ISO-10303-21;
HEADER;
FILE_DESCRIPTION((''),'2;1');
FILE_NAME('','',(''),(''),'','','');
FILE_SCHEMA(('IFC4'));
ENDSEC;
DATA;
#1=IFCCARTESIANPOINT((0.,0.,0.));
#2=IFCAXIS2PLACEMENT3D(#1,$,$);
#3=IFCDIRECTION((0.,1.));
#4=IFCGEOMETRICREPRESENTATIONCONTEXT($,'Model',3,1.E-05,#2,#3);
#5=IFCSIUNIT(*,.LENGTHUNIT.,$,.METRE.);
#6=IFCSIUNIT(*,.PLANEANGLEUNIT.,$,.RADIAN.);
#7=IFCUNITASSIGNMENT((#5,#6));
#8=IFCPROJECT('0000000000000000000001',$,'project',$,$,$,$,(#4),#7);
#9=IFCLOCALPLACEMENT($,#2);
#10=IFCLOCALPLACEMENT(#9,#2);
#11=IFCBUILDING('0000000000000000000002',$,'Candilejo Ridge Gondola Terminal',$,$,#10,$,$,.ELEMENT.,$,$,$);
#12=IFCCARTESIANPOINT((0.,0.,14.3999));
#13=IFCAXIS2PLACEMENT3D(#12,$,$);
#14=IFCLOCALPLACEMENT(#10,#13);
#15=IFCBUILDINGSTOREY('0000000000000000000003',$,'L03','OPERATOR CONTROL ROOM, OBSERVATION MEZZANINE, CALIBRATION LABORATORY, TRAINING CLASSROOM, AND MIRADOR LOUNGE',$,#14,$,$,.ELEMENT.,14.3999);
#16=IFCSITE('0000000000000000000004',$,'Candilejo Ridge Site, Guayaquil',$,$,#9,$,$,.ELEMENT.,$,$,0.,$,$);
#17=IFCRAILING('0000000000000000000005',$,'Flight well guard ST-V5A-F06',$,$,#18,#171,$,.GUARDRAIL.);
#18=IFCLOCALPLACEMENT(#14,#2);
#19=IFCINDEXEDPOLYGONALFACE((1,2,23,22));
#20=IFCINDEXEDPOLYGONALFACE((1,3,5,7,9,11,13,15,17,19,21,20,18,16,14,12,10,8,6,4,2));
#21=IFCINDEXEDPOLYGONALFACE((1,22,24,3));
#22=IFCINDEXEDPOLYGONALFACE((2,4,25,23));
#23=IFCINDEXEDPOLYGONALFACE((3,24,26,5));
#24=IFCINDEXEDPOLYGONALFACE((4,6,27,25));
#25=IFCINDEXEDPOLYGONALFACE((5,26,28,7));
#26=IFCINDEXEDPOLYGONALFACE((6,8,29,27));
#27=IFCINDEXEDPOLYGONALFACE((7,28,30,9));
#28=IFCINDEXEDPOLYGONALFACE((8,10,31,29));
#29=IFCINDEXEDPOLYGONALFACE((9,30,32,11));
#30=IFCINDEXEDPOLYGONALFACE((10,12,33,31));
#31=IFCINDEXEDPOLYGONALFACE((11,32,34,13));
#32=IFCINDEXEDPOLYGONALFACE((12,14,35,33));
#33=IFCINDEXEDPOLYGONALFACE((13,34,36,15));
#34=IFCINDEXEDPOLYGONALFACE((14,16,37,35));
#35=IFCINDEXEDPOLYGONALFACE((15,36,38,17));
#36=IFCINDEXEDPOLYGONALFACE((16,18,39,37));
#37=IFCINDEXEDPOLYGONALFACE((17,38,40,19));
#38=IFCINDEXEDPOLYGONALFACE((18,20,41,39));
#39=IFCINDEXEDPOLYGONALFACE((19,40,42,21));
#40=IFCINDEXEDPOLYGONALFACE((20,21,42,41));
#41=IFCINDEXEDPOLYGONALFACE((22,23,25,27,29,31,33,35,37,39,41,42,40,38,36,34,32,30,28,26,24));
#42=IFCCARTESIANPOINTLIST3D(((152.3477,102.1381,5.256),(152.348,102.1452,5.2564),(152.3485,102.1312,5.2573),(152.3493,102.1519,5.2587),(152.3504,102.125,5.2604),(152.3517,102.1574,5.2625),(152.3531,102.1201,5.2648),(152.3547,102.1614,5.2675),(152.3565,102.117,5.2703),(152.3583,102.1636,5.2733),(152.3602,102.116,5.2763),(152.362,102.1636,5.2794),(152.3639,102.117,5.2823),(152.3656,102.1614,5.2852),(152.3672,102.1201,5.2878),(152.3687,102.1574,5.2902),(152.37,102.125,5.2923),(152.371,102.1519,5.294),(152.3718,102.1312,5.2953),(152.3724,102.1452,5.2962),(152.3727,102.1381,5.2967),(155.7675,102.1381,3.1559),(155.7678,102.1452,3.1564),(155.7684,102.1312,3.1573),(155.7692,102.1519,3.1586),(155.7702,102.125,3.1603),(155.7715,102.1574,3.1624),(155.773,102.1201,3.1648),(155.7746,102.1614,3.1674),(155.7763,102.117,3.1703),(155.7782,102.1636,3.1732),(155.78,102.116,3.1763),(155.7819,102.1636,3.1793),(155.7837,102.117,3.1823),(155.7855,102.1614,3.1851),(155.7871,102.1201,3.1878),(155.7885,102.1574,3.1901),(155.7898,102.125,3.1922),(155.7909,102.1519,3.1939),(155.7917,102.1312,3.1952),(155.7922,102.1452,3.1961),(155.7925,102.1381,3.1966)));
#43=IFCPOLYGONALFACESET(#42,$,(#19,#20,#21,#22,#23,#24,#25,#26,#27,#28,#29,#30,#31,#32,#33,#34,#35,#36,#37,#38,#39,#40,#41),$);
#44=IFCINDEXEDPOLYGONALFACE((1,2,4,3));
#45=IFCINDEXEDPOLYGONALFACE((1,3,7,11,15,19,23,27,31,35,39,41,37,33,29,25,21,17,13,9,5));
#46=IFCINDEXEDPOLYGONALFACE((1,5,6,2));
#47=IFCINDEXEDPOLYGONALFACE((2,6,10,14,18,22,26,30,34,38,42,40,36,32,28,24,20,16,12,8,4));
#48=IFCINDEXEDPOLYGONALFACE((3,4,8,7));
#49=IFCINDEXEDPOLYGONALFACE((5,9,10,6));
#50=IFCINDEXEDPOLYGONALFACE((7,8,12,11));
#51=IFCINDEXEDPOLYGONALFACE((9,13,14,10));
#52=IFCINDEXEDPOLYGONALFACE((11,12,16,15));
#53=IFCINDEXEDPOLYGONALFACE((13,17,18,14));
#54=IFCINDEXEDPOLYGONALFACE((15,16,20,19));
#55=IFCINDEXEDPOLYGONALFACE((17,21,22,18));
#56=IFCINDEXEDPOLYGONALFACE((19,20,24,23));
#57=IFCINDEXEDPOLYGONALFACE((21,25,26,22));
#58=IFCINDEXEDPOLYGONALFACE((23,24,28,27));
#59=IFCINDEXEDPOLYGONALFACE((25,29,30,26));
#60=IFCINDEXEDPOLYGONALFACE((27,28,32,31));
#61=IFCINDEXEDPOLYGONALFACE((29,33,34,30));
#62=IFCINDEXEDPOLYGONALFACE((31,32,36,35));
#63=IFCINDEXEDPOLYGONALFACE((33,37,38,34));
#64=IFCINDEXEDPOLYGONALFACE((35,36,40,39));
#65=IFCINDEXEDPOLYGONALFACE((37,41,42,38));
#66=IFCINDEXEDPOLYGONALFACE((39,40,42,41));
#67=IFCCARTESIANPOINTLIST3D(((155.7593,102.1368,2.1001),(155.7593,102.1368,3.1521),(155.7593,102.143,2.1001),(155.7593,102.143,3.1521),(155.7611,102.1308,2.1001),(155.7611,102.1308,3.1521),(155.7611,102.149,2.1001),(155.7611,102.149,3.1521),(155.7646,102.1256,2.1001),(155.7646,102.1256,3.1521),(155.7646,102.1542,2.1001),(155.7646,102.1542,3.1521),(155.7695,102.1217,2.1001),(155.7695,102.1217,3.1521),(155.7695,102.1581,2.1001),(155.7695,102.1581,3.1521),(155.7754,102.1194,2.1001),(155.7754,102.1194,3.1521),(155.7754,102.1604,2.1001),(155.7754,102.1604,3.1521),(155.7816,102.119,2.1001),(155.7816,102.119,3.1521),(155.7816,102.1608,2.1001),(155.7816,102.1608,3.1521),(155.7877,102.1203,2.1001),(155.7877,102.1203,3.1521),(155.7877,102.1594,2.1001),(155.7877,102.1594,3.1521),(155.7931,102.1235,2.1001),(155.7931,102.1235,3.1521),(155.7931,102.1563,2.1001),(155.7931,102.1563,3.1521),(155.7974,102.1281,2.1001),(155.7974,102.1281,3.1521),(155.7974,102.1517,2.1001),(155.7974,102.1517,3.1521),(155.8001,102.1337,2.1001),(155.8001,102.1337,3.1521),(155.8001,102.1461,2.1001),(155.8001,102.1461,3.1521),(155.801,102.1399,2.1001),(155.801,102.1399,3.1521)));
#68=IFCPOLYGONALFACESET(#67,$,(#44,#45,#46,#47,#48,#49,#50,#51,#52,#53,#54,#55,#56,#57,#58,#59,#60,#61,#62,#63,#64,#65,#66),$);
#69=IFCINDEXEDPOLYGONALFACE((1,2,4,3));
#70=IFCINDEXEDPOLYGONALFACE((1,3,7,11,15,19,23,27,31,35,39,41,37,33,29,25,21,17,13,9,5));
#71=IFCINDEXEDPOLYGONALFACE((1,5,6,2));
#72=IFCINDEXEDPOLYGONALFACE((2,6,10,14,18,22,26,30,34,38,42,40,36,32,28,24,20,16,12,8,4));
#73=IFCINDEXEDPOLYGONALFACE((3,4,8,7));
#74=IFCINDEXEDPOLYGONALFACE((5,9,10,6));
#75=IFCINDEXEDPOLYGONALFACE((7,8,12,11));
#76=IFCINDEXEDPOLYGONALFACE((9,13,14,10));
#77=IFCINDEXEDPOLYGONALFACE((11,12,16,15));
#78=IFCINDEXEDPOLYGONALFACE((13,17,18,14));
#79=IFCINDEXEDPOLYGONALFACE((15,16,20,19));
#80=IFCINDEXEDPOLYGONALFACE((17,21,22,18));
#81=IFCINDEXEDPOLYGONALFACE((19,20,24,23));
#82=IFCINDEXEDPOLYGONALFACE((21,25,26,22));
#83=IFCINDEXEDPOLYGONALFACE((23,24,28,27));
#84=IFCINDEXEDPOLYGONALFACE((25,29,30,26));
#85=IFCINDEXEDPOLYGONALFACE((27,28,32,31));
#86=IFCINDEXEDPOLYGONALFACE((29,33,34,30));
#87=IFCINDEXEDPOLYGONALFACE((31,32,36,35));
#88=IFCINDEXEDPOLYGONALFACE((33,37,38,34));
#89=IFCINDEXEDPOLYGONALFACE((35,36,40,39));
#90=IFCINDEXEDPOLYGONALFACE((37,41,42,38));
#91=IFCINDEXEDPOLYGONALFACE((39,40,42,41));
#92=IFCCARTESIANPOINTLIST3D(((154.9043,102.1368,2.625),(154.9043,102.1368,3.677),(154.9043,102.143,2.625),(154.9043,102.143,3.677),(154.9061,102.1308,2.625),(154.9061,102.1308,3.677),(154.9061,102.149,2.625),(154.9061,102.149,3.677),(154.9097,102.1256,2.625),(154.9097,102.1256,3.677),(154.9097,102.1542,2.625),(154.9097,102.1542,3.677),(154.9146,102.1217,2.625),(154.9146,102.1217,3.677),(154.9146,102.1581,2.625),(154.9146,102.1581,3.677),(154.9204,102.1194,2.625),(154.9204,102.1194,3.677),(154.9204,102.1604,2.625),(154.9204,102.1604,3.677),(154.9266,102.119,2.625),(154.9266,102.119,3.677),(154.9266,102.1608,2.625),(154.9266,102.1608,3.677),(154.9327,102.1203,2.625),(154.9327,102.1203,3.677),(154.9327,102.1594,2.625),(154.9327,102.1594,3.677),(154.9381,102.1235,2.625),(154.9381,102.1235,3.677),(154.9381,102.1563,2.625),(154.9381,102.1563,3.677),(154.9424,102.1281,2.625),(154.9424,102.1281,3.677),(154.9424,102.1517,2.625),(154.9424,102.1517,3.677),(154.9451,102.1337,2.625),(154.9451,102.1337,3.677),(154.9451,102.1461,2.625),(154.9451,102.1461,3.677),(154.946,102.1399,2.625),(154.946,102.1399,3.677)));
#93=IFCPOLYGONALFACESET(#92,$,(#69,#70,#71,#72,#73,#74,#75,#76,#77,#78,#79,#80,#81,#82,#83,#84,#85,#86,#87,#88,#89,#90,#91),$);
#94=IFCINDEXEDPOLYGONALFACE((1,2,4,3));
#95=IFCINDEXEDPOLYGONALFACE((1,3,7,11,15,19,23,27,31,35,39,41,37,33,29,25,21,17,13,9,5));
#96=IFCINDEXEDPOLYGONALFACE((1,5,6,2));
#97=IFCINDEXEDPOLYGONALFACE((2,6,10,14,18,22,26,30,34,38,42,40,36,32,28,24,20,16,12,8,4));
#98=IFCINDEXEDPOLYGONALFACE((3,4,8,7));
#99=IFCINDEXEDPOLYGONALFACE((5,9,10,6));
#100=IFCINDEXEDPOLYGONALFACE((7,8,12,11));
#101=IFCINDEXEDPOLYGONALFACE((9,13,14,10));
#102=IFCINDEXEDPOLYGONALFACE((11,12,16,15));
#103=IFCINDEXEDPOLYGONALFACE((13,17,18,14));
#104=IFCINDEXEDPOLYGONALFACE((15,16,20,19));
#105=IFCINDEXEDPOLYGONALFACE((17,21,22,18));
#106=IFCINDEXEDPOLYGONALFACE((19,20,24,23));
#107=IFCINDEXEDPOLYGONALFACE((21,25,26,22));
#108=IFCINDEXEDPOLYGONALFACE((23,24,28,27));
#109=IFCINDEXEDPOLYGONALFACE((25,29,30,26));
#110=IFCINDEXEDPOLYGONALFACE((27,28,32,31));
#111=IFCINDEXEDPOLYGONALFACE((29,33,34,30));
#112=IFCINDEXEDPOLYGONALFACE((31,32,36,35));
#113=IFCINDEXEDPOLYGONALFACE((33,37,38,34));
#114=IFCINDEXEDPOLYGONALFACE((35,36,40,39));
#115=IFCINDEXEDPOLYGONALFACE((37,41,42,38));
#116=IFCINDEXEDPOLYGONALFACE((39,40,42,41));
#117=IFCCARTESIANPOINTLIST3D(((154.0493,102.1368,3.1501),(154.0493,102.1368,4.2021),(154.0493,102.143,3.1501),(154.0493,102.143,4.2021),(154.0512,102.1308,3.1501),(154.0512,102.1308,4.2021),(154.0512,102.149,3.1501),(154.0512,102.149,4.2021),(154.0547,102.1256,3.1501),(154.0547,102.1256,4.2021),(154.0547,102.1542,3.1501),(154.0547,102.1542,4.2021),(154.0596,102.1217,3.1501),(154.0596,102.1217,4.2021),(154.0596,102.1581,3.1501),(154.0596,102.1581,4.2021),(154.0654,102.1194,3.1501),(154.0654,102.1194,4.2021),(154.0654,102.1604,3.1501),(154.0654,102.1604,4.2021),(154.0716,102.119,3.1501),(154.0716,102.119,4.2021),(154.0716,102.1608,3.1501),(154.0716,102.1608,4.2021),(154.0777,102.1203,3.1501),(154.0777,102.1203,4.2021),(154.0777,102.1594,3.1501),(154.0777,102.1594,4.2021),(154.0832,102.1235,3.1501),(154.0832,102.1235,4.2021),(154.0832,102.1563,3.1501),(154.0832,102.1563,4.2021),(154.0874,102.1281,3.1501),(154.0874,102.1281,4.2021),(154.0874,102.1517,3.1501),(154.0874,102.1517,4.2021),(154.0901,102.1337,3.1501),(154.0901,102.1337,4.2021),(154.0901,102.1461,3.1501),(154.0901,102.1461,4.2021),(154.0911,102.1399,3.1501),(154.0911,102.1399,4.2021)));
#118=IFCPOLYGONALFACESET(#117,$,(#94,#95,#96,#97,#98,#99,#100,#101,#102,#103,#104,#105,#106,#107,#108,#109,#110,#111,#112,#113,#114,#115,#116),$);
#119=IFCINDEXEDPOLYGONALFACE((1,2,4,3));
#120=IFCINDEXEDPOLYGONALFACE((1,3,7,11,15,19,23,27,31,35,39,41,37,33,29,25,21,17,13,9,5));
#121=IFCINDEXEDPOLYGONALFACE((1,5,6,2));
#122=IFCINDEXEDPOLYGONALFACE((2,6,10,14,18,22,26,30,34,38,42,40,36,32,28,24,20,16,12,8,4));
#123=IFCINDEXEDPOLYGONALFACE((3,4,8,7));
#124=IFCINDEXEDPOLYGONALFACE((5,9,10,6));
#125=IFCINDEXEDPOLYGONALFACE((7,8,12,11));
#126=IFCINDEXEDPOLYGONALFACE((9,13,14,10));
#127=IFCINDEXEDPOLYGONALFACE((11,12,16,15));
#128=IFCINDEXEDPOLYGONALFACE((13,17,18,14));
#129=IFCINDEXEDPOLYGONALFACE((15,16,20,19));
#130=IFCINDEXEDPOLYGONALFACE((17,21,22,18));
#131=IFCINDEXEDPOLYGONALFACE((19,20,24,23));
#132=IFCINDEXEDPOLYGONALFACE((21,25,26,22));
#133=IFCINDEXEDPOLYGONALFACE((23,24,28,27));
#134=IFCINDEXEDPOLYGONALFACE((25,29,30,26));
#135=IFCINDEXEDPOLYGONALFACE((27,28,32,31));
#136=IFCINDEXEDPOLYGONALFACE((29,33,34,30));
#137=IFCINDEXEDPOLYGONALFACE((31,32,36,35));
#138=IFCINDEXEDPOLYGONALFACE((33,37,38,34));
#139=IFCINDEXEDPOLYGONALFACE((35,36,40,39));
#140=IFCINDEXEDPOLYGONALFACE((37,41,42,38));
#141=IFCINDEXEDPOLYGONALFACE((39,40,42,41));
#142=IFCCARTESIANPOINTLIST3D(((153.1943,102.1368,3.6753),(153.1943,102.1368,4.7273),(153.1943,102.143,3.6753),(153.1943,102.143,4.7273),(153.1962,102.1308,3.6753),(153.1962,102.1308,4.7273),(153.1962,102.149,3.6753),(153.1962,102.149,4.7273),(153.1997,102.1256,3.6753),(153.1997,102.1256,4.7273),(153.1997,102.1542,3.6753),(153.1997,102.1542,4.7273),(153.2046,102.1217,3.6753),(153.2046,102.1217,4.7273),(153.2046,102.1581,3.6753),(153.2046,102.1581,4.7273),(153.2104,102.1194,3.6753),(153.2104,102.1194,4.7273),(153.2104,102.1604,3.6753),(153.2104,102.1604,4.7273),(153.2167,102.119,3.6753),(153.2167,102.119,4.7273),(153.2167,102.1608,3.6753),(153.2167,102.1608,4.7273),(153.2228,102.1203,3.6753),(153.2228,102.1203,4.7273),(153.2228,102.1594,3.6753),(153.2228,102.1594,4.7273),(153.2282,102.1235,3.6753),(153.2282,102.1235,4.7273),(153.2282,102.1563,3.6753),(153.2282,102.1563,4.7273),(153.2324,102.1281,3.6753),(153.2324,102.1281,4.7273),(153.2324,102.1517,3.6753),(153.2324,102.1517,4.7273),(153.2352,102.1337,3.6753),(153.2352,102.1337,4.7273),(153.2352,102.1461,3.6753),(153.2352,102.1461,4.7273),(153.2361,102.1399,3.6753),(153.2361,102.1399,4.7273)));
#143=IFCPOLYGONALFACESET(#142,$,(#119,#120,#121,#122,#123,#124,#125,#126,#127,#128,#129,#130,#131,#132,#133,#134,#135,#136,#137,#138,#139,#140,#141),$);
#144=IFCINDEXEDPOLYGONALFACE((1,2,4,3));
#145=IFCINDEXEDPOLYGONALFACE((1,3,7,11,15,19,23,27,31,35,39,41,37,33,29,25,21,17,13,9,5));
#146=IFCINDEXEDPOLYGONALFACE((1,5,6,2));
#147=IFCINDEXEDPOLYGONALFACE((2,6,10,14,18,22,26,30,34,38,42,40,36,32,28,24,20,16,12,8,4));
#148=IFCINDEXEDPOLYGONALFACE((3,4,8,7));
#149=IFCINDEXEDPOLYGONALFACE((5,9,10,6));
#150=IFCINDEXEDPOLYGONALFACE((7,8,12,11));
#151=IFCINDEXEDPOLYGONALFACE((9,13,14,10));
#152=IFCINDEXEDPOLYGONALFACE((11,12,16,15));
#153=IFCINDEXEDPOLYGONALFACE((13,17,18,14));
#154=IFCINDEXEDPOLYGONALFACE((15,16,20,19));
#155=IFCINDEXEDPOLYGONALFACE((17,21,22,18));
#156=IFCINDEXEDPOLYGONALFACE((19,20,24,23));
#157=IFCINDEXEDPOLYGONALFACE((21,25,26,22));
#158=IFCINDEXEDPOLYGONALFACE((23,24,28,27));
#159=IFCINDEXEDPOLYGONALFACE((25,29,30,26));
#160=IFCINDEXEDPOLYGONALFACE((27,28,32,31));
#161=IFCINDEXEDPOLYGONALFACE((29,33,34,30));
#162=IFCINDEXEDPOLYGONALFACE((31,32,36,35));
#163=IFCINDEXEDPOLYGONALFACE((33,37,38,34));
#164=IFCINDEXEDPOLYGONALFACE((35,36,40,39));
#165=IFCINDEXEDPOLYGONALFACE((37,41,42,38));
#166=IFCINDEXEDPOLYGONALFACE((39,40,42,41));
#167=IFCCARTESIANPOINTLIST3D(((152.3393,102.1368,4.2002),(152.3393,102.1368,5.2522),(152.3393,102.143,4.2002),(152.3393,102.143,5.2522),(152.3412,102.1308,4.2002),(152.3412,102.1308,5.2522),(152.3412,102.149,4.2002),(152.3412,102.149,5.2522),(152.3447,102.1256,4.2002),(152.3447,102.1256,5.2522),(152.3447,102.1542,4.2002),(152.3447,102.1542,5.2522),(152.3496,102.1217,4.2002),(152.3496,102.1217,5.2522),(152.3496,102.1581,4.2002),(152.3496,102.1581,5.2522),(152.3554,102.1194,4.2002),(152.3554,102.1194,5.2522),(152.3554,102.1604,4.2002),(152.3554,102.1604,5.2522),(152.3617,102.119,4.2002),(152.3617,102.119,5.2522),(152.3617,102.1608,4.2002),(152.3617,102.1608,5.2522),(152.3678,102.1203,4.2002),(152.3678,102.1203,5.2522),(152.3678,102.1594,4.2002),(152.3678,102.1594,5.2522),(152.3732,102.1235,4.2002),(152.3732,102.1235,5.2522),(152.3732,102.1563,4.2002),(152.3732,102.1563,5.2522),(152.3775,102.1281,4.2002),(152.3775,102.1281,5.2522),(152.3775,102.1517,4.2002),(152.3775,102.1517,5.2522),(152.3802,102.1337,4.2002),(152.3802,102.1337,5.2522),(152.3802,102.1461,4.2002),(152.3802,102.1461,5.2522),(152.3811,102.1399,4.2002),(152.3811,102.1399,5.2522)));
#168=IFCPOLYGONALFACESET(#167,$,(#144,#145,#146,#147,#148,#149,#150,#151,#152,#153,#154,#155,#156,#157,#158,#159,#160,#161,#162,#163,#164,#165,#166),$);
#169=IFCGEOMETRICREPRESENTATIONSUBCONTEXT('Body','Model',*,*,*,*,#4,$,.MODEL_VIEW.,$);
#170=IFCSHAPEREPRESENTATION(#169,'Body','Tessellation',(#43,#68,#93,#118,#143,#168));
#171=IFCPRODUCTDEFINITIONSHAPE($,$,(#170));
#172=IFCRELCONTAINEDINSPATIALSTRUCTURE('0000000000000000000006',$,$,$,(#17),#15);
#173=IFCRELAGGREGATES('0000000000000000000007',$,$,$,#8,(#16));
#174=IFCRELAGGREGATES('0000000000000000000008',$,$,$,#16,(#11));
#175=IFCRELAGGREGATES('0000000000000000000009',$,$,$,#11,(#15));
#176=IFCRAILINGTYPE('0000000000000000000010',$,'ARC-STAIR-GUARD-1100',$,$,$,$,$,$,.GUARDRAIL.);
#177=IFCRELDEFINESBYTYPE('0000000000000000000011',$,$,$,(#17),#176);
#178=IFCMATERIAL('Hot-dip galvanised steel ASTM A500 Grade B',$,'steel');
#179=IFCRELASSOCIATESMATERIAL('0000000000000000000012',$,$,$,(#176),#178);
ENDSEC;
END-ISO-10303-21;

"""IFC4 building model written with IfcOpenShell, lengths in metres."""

from ifc_helpers import new_model, si_unit, direction, frame, origin, origin_2d, place, context, subcontext, project, spatial, circle, extrude, material, type_object, element, save


model = new_model("IFC4")

# Units and contexts
model_context = context("Model", 3, precision=1e-05, world=origin(), true_north=direction((0.0, 1.0)))
body_context = subcontext(model_context, "Body", "Model", "MODEL_VIEW")
ifc_project = project(units=[si_unit("LENGTHUNIT", "METRE"), si_unit("PLANEANGLEUNIT", "RADIAN")], contexts=[model_context])

# Site, building, storey
site_placement = place(None, origin())
site = spatial("IfcSite", under=ifc_project, at=site_placement, Name="Candilejo Ridge Site, Guayaquil", CompositionType="ELEMENT", RefElevation=0.0)
building_placement = place(site_placement, origin())
building = spatial("IfcBuilding", under=site, at=building_placement, Name="Candilejo Ridge Gondola Terminal", CompositionType="ELEMENT")
storey_placement = place(building_placement, frame((0.0, 0.0, 14.3999)))
storey = spatial("IfcBuildingStorey", under=building, at=storey_placement, Name="L03", Description="OPERATOR CONTROL ROOM, OBSERVATION MEZZANINE, CALIBRATION LABORATORY, TRAINING CLASSROOM, AND MIRADOR LOUNGE", CompositionType="ELEMENT", Elevation=14.3999)

# Railing
ifc_material_1 = material(Name="Hot-dip galvanised steel ASTM A500 Grade B", Category="steel")
railing_type = type_object("IfcRailingType", Name="ARC-STAIR-GUARD-1100", PredefinedType="GUARDRAIL", material=ifc_material_1)
railing_1_placement = place(storey_placement, frame((155.78, 102.1399, 2.1001)))
element("IfcRailing", 1, at=railing_1_placement, inside=storey, type_object=railing_type, Name="Flight well guard ST-V5A-F06", PredefinedType="GUARDRAIL", context=body_context, shape_type="SweptSolid", body=[
    extrude(circle(Radius=0.0239, at=origin_2d()), frame((0.0, 0.0, 1.0762), z_axis=(-0.852155, 0.0, 0.523289), x_axis=(0.0, -1.0, 0.0)), (0.0, 0.0, 1.0), 4.0132),
    extrude(circle(Radius=0.021, at=origin_2d()), origin(), (0.0, 0.0, 1.0), 1.052),
    extrude(circle(Radius=0.021, at=origin_2d()), frame((-0.855, 0.0, 0.5249)), (0.0, 0.0, 1.0), 1.052),
    extrude(circle(Radius=0.021, at=origin_2d()), frame((-1.71, 0.0, 1.05)), (0.0, 0.0, 1.0), 1.052),
    extrude(circle(Radius=0.021, at=origin_2d()), frame((-2.5649, 0.0, 1.5752)), (0.0, 0.0, 1.0), 1.052),
    extrude(circle(Radius=0.021, at=origin_2d()), frame((-3.4199, 0.0, 2.1001)), (0.0, 0.0, 1.0), 1.052),
])

save(model, "model.ifc")
